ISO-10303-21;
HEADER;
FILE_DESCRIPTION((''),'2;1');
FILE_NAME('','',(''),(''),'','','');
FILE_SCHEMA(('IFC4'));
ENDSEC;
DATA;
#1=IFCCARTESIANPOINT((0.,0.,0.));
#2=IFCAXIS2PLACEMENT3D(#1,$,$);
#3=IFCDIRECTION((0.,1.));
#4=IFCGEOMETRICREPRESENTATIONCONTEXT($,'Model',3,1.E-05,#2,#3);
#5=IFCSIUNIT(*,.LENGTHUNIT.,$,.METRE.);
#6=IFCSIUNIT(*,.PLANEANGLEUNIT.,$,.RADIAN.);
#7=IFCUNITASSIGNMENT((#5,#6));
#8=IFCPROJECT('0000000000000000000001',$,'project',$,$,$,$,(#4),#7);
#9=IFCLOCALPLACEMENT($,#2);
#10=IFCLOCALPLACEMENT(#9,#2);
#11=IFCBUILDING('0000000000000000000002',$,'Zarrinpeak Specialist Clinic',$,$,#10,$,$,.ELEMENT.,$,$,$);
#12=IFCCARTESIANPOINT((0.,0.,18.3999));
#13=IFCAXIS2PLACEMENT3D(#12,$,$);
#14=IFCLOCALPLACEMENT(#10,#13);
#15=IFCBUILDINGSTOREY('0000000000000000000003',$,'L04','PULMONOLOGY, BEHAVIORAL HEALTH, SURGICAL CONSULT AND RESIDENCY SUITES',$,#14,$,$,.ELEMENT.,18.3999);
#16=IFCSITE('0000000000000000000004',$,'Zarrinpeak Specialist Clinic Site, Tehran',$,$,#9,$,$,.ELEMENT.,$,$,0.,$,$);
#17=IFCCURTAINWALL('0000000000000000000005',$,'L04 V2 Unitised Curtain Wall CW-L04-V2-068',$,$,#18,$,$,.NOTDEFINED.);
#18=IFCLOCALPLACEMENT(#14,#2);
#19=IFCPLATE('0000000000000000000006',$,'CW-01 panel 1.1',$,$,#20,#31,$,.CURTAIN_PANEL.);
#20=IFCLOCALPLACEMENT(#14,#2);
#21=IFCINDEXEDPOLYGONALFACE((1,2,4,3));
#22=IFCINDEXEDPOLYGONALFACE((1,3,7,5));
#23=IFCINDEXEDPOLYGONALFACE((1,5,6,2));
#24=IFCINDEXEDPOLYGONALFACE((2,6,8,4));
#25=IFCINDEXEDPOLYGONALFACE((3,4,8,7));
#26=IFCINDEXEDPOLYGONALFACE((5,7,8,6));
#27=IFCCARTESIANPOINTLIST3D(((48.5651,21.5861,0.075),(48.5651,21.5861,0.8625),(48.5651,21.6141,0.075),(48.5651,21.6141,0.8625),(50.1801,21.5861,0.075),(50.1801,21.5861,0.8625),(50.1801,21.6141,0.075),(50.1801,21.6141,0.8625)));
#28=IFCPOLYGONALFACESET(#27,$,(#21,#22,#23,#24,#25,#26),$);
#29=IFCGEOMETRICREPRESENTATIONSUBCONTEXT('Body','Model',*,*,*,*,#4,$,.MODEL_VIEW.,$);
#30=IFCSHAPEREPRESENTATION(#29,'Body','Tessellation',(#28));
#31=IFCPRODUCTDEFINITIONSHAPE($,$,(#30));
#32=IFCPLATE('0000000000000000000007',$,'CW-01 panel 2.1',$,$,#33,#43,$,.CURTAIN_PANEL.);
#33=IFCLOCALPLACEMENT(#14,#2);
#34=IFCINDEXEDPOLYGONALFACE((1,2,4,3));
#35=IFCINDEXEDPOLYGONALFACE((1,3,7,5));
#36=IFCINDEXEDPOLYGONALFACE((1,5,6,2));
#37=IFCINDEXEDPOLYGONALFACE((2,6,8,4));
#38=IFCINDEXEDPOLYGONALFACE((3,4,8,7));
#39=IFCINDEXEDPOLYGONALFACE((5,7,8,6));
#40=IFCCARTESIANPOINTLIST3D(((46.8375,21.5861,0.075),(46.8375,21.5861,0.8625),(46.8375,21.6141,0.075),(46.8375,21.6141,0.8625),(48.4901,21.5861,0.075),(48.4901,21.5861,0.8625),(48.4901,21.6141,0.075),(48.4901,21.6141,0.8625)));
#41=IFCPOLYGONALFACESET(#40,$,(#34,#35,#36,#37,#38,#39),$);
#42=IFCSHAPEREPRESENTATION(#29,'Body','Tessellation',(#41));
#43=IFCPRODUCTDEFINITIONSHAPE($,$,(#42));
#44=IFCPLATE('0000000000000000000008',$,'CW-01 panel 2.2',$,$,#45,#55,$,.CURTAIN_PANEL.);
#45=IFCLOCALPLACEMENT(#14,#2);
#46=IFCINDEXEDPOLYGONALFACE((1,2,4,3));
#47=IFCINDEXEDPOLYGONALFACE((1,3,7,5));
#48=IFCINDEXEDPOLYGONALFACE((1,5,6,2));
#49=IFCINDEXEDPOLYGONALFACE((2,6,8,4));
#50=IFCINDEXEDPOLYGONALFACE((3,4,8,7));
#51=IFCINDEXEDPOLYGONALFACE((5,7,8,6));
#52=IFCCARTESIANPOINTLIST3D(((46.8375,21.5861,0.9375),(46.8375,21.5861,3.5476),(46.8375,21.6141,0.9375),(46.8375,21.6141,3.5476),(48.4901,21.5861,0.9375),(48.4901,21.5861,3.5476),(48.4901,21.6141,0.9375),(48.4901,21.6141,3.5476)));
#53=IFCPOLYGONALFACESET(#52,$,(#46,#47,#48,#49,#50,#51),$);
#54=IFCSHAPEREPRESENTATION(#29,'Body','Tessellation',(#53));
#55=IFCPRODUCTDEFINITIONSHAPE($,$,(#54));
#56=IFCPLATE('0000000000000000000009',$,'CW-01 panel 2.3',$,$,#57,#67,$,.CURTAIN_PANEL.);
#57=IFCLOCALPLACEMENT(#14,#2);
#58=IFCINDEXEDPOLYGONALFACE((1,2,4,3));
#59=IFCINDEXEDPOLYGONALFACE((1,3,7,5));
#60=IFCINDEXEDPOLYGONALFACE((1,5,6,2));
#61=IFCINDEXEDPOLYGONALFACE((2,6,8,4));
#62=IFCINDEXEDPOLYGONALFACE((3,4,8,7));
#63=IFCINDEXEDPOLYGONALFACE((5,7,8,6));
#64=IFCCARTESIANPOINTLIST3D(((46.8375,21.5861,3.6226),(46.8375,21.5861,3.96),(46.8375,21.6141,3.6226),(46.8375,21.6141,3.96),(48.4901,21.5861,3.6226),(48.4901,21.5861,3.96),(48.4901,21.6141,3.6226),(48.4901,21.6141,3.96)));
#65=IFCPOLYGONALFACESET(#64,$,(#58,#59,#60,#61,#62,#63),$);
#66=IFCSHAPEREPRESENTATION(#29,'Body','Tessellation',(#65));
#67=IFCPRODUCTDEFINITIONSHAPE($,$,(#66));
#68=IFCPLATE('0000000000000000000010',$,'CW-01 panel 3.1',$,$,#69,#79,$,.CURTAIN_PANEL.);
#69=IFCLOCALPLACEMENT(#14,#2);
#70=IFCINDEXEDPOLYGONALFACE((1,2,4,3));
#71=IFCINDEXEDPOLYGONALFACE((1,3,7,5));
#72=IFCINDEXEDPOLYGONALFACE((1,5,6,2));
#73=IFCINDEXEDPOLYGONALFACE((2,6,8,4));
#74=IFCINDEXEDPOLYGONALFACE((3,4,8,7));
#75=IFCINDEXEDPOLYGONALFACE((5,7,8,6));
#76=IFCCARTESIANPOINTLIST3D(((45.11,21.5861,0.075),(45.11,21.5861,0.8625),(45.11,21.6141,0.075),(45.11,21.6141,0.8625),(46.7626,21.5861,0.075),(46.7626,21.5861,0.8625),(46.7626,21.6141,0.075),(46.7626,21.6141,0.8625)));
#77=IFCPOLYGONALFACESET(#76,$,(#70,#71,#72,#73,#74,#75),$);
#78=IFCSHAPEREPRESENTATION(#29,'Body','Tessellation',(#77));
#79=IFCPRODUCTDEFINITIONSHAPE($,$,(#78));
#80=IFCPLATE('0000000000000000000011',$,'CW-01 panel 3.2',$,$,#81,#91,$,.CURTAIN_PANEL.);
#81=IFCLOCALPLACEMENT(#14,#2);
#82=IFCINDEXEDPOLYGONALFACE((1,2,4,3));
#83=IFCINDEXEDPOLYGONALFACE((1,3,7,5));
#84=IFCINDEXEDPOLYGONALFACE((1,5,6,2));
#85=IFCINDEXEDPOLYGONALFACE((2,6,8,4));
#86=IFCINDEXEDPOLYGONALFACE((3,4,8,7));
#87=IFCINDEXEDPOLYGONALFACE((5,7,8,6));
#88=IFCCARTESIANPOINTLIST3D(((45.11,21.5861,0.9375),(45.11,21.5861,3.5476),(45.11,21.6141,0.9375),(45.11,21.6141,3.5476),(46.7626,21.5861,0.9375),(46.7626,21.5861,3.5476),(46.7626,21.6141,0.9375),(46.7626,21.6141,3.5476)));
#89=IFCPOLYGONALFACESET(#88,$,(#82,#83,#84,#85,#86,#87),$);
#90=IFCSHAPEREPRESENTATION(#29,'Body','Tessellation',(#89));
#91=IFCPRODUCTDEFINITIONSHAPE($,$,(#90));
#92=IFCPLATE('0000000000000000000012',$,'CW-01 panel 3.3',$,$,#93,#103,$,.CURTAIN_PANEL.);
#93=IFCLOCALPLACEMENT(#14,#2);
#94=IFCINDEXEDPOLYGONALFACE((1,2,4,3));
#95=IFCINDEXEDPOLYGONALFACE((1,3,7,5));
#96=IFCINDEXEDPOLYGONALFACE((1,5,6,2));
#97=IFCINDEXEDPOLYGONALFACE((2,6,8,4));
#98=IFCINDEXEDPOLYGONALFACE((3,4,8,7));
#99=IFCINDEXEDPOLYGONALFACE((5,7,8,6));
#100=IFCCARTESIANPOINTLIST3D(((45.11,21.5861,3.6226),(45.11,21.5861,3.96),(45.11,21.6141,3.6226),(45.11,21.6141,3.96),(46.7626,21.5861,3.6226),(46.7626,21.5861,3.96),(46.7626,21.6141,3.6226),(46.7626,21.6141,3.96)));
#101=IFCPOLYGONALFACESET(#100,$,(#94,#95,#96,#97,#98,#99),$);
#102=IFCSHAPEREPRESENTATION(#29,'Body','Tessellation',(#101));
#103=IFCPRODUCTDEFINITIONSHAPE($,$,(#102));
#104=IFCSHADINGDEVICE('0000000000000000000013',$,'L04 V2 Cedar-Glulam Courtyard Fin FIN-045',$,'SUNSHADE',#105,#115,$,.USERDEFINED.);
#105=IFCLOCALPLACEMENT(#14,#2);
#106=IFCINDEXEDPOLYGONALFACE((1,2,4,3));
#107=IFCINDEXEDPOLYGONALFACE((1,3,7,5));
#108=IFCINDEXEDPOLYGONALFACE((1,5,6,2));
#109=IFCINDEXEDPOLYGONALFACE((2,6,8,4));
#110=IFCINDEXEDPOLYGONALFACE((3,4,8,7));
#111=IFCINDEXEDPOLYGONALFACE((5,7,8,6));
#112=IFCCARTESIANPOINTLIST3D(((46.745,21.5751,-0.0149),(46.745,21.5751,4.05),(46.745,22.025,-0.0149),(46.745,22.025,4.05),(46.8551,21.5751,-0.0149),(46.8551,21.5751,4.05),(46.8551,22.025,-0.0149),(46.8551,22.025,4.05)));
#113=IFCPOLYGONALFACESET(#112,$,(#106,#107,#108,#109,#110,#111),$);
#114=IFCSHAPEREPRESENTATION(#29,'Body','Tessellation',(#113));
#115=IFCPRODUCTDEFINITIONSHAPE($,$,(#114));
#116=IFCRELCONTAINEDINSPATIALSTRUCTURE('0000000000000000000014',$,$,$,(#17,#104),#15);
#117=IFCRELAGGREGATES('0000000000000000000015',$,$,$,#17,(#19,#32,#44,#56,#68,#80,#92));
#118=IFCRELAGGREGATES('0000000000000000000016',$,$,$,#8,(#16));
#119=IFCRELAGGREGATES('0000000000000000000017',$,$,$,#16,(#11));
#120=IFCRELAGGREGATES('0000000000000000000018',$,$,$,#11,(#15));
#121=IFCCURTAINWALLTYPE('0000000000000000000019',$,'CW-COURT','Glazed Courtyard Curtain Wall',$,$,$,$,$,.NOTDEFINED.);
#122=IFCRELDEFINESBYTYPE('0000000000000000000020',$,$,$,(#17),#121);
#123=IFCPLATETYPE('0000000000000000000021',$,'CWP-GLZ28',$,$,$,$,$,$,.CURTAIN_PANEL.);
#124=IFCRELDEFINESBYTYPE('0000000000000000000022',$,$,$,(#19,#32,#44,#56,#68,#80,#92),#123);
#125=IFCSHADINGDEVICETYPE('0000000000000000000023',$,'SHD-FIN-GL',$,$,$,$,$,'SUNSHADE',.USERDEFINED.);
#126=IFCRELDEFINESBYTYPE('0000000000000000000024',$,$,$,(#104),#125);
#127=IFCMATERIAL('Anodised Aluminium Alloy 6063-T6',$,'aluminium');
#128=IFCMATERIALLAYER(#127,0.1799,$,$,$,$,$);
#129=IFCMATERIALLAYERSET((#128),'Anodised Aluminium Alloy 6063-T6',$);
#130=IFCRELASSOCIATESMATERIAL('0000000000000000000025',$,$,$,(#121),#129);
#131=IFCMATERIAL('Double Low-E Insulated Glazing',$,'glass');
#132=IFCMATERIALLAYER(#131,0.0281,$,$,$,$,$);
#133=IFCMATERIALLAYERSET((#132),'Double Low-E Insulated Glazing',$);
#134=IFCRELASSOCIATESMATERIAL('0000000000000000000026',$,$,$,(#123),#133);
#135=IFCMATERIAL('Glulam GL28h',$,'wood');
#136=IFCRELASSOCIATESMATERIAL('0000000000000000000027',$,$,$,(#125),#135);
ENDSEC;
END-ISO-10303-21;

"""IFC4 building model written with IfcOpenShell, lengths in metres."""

from ifc_helpers import new_model, si_unit, direction, frame, origin, origin_2d, place, context, subcontext, project, spatial, rectangle, extrude, material, layer, layer_set, type_object, element, aggregate, save


model = new_model("IFC4")

# Units and contexts
model_context = context("Model", 3, precision=1e-05, world=origin(), true_north=direction((0.0, 1.0)))
body_context = subcontext(model_context, "Body", "Model", "MODEL_VIEW")
ifc_project = project(units=[si_unit("LENGTHUNIT", "METRE"), si_unit("PLANEANGLEUNIT", "RADIAN")], contexts=[model_context])

# Site, building, storey
site_placement = place(None, origin())
site = spatial("IfcSite", under=ifc_project, at=site_placement, Name="Zarrinpeak Specialist Clinic Site, Tehran", CompositionType="ELEMENT", RefElevation=0.0)
building_placement = place(site_placement, origin())
building = spatial("IfcBuilding", under=site, at=building_placement, Name="Zarrinpeak Specialist Clinic", CompositionType="ELEMENT")
storey_placement = place(building_placement, frame((0.0, 0.0, 18.3999)))
storey = spatial("IfcBuildingStorey", under=building, at=storey_placement, Name="L04", Description="PULMONOLOGY, BEHAVIORAL HEALTH, SURGICAL CONSULT AND RESIDENCY SUITES", CompositionType="ELEMENT", Elevation=18.3999)

# Curtain wall, plates
ifc_material_1 = material(Name="Anodised Aluminium Alloy 6063-T6", Category="aluminium")
ifc_layer_1 = layer(ifc_material_1, 0.1799)
ifc_layer_set_1 = layer_set([ifc_layer_1], Name="Anodised Aluminium Alloy 6063-T6")
curtain_wall_type = type_object("IfcCurtainWallType", Name="CW-COURT", Description="Glazed Courtyard Curtain Wall", PredefinedType="NOTDEFINED", material=ifc_layer_set_1)
curtain_wall_placement = place(storey_placement, origin())
curtain_wall = element("IfcCurtainWall", 1, at=curtain_wall_placement, inside=storey, type_object=curtain_wall_type, Name="L04 V2 Unitised Curtain Wall CW-L04-V2-068", PredefinedType="NOTDEFINED")
ifc_material_2 = material(Name="Double Low-E Insulated Glazing", Category="glass")
ifc_layer_2 = layer(ifc_material_2, 0.0281)
ifc_layer_set_2 = layer_set([ifc_layer_2], Name="Double Low-E Insulated Glazing")
plate_type = type_object("IfcPlateType", Name="CWP-GLZ28", PredefinedType="CURTAIN_PANEL", material=ifc_layer_set_2)
plate_1_placement = place(storey_placement, frame((49.3726, 21.6001, 0.075), z_axis=(0.0, 0.0, 1.0), x_axis=(-1.0, 0.0, 0.0)))
plate_1 = element("IfcPlate", 2, at=plate_1_placement, type_object=plate_type, Name="CW-01 panel 1.1", PredefinedType="CURTAIN_PANEL", context=body_context, shape_type="SweptSolid", body=[
    extrude(rectangle(XDim=1.615, YDim=0.0281, at=origin_2d()), origin(), (0.0, 0.0, 1.0), 0.7876),
])
plate_2_placement = place(storey_placement, frame((47.6638, 21.6001, 0.075), z_axis=(0.0, 0.0, 1.0), x_axis=(-1.0, 0.0, 0.0)))
plate_2 = element("IfcPlate", 3, at=plate_2_placement, type_object=plate_type, Name="CW-01 panel 2.1", PredefinedType="CURTAIN_PANEL", context=body_context, shape_type="SweptSolid", body=[
    extrude(rectangle(XDim=1.6526, YDim=0.0281, at=origin_2d()), origin(), (0.0, 0.0, 1.0), 0.7876),
])
plate_3_placement = place(storey_placement, frame((47.6638, 21.6001, 0.9375), z_axis=(0.0, 0.0, 1.0), x_axis=(-1.0, 0.0, 0.0)))
plate_3 = element("IfcPlate", 4, at=plate_3_placement, type_object=plate_type, Name="CW-01 panel 2.2", PredefinedType="CURTAIN_PANEL", context=body_context, shape_type="SweptSolid", body=[
    extrude(rectangle(XDim=1.6526, YDim=0.0281, at=origin_2d()), origin(), (0.0, 0.0, 1.0), 2.6101),
])
plate_4_placement = place(storey_placement, frame((47.6638, 21.6001, 3.6226), z_axis=(0.0, 0.0, 1.0), x_axis=(-1.0, 0.0, 0.0)))
plate_4 = element("IfcPlate", 5, at=plate_4_placement, type_object=plate_type, Name="CW-01 panel 2.3", PredefinedType="CURTAIN_PANEL", context=body_context, shape_type="SweptSolid", body=[
    extrude(rectangle(XDim=1.6526, YDim=0.0281, at=origin_2d()), origin(), (0.0, 0.0, 1.0), 0.3374),
])
plate_5_placement = place(storey_placement, frame((45.9363, 21.6001, 0.075), z_axis=(0.0, 0.0, 1.0), x_axis=(-1.0, 0.0, 0.0)))
plate_5 = element("IfcPlate", 6, at=plate_5_placement, type_object=plate_type, Name="CW-01 panel 3.1", PredefinedType="CURTAIN_PANEL", context=body_context, shape_type="SweptSolid", body=[
    extrude(rectangle(XDim=1.6526, YDim=0.0281, at=origin_2d()), origin(), (0.0, 0.0, 1.0), 0.7876),
])
plate_6_placement = place(storey_placement, frame((45.9363, 21.6001, 0.9375), z_axis=(0.0, 0.0, 1.0), x_axis=(-1.0, 0.0, 0.0)))
plate_6 = element("IfcPlate", 7, at=plate_6_placement, type_object=plate_type, Name="CW-01 panel 3.2", PredefinedType="CURTAIN_PANEL", context=body_context, shape_type="SweptSolid", body=[
    extrude(rectangle(XDim=1.6526, YDim=0.0281, at=origin_2d()), origin(), (0.0, 0.0, 1.0), 2.6101),
])
plate_7_placement = place(storey_placement, frame((45.9363, 21.6001, 3.6226), z_axis=(0.0, 0.0, 1.0), x_axis=(-1.0, 0.0, 0.0)))
plate_7 = element("IfcPlate", 8, at=plate_7_placement, type_object=plate_type, Name="CW-01 panel 3.3", PredefinedType="CURTAIN_PANEL", context=body_context, shape_type="SweptSolid", body=[
    extrude(rectangle(XDim=1.6526, YDim=0.0281, at=origin_2d()), origin(), (0.0, 0.0, 1.0), 0.3374),
])
aggregate(curtain_wall, [plate_1, plate_2, plate_3, plate_4, plate_5, plate_6, plate_7])

# Shading device
ifc_material_3 = material(Name="Glulam GL28h", Category="wood")
shading_device_type = type_object("IfcShadingDeviceType", Name="SHD-FIN-GL", ElementType="SUNSHADE", PredefinedType="USERDEFINED", material=ifc_material_3)
shading_device_placement = place(storey_placement, frame((46.8, 21.8, -0.0149), z_axis=(0.0, 0.0, 1.0), x_axis=(1.0, 0.0, 0.0)))
element("IfcShadingDevice", 9, at=shading_device_placement, inside=storey, type_object=shading_device_type, Name="L04 V2 Cedar-Glulam Courtyard Fin FIN-045", ObjectType="SUNSHADE", PredefinedType="USERDEFINED", context=body_context, shape_type="SweptSolid", body=[
    extrude(rectangle(XDim=0.1101, YDim=0.45, at=origin_2d()), origin(), (0.0, 0.0, 1.0), 4.0649),
])

save(model, "model.ifc")
